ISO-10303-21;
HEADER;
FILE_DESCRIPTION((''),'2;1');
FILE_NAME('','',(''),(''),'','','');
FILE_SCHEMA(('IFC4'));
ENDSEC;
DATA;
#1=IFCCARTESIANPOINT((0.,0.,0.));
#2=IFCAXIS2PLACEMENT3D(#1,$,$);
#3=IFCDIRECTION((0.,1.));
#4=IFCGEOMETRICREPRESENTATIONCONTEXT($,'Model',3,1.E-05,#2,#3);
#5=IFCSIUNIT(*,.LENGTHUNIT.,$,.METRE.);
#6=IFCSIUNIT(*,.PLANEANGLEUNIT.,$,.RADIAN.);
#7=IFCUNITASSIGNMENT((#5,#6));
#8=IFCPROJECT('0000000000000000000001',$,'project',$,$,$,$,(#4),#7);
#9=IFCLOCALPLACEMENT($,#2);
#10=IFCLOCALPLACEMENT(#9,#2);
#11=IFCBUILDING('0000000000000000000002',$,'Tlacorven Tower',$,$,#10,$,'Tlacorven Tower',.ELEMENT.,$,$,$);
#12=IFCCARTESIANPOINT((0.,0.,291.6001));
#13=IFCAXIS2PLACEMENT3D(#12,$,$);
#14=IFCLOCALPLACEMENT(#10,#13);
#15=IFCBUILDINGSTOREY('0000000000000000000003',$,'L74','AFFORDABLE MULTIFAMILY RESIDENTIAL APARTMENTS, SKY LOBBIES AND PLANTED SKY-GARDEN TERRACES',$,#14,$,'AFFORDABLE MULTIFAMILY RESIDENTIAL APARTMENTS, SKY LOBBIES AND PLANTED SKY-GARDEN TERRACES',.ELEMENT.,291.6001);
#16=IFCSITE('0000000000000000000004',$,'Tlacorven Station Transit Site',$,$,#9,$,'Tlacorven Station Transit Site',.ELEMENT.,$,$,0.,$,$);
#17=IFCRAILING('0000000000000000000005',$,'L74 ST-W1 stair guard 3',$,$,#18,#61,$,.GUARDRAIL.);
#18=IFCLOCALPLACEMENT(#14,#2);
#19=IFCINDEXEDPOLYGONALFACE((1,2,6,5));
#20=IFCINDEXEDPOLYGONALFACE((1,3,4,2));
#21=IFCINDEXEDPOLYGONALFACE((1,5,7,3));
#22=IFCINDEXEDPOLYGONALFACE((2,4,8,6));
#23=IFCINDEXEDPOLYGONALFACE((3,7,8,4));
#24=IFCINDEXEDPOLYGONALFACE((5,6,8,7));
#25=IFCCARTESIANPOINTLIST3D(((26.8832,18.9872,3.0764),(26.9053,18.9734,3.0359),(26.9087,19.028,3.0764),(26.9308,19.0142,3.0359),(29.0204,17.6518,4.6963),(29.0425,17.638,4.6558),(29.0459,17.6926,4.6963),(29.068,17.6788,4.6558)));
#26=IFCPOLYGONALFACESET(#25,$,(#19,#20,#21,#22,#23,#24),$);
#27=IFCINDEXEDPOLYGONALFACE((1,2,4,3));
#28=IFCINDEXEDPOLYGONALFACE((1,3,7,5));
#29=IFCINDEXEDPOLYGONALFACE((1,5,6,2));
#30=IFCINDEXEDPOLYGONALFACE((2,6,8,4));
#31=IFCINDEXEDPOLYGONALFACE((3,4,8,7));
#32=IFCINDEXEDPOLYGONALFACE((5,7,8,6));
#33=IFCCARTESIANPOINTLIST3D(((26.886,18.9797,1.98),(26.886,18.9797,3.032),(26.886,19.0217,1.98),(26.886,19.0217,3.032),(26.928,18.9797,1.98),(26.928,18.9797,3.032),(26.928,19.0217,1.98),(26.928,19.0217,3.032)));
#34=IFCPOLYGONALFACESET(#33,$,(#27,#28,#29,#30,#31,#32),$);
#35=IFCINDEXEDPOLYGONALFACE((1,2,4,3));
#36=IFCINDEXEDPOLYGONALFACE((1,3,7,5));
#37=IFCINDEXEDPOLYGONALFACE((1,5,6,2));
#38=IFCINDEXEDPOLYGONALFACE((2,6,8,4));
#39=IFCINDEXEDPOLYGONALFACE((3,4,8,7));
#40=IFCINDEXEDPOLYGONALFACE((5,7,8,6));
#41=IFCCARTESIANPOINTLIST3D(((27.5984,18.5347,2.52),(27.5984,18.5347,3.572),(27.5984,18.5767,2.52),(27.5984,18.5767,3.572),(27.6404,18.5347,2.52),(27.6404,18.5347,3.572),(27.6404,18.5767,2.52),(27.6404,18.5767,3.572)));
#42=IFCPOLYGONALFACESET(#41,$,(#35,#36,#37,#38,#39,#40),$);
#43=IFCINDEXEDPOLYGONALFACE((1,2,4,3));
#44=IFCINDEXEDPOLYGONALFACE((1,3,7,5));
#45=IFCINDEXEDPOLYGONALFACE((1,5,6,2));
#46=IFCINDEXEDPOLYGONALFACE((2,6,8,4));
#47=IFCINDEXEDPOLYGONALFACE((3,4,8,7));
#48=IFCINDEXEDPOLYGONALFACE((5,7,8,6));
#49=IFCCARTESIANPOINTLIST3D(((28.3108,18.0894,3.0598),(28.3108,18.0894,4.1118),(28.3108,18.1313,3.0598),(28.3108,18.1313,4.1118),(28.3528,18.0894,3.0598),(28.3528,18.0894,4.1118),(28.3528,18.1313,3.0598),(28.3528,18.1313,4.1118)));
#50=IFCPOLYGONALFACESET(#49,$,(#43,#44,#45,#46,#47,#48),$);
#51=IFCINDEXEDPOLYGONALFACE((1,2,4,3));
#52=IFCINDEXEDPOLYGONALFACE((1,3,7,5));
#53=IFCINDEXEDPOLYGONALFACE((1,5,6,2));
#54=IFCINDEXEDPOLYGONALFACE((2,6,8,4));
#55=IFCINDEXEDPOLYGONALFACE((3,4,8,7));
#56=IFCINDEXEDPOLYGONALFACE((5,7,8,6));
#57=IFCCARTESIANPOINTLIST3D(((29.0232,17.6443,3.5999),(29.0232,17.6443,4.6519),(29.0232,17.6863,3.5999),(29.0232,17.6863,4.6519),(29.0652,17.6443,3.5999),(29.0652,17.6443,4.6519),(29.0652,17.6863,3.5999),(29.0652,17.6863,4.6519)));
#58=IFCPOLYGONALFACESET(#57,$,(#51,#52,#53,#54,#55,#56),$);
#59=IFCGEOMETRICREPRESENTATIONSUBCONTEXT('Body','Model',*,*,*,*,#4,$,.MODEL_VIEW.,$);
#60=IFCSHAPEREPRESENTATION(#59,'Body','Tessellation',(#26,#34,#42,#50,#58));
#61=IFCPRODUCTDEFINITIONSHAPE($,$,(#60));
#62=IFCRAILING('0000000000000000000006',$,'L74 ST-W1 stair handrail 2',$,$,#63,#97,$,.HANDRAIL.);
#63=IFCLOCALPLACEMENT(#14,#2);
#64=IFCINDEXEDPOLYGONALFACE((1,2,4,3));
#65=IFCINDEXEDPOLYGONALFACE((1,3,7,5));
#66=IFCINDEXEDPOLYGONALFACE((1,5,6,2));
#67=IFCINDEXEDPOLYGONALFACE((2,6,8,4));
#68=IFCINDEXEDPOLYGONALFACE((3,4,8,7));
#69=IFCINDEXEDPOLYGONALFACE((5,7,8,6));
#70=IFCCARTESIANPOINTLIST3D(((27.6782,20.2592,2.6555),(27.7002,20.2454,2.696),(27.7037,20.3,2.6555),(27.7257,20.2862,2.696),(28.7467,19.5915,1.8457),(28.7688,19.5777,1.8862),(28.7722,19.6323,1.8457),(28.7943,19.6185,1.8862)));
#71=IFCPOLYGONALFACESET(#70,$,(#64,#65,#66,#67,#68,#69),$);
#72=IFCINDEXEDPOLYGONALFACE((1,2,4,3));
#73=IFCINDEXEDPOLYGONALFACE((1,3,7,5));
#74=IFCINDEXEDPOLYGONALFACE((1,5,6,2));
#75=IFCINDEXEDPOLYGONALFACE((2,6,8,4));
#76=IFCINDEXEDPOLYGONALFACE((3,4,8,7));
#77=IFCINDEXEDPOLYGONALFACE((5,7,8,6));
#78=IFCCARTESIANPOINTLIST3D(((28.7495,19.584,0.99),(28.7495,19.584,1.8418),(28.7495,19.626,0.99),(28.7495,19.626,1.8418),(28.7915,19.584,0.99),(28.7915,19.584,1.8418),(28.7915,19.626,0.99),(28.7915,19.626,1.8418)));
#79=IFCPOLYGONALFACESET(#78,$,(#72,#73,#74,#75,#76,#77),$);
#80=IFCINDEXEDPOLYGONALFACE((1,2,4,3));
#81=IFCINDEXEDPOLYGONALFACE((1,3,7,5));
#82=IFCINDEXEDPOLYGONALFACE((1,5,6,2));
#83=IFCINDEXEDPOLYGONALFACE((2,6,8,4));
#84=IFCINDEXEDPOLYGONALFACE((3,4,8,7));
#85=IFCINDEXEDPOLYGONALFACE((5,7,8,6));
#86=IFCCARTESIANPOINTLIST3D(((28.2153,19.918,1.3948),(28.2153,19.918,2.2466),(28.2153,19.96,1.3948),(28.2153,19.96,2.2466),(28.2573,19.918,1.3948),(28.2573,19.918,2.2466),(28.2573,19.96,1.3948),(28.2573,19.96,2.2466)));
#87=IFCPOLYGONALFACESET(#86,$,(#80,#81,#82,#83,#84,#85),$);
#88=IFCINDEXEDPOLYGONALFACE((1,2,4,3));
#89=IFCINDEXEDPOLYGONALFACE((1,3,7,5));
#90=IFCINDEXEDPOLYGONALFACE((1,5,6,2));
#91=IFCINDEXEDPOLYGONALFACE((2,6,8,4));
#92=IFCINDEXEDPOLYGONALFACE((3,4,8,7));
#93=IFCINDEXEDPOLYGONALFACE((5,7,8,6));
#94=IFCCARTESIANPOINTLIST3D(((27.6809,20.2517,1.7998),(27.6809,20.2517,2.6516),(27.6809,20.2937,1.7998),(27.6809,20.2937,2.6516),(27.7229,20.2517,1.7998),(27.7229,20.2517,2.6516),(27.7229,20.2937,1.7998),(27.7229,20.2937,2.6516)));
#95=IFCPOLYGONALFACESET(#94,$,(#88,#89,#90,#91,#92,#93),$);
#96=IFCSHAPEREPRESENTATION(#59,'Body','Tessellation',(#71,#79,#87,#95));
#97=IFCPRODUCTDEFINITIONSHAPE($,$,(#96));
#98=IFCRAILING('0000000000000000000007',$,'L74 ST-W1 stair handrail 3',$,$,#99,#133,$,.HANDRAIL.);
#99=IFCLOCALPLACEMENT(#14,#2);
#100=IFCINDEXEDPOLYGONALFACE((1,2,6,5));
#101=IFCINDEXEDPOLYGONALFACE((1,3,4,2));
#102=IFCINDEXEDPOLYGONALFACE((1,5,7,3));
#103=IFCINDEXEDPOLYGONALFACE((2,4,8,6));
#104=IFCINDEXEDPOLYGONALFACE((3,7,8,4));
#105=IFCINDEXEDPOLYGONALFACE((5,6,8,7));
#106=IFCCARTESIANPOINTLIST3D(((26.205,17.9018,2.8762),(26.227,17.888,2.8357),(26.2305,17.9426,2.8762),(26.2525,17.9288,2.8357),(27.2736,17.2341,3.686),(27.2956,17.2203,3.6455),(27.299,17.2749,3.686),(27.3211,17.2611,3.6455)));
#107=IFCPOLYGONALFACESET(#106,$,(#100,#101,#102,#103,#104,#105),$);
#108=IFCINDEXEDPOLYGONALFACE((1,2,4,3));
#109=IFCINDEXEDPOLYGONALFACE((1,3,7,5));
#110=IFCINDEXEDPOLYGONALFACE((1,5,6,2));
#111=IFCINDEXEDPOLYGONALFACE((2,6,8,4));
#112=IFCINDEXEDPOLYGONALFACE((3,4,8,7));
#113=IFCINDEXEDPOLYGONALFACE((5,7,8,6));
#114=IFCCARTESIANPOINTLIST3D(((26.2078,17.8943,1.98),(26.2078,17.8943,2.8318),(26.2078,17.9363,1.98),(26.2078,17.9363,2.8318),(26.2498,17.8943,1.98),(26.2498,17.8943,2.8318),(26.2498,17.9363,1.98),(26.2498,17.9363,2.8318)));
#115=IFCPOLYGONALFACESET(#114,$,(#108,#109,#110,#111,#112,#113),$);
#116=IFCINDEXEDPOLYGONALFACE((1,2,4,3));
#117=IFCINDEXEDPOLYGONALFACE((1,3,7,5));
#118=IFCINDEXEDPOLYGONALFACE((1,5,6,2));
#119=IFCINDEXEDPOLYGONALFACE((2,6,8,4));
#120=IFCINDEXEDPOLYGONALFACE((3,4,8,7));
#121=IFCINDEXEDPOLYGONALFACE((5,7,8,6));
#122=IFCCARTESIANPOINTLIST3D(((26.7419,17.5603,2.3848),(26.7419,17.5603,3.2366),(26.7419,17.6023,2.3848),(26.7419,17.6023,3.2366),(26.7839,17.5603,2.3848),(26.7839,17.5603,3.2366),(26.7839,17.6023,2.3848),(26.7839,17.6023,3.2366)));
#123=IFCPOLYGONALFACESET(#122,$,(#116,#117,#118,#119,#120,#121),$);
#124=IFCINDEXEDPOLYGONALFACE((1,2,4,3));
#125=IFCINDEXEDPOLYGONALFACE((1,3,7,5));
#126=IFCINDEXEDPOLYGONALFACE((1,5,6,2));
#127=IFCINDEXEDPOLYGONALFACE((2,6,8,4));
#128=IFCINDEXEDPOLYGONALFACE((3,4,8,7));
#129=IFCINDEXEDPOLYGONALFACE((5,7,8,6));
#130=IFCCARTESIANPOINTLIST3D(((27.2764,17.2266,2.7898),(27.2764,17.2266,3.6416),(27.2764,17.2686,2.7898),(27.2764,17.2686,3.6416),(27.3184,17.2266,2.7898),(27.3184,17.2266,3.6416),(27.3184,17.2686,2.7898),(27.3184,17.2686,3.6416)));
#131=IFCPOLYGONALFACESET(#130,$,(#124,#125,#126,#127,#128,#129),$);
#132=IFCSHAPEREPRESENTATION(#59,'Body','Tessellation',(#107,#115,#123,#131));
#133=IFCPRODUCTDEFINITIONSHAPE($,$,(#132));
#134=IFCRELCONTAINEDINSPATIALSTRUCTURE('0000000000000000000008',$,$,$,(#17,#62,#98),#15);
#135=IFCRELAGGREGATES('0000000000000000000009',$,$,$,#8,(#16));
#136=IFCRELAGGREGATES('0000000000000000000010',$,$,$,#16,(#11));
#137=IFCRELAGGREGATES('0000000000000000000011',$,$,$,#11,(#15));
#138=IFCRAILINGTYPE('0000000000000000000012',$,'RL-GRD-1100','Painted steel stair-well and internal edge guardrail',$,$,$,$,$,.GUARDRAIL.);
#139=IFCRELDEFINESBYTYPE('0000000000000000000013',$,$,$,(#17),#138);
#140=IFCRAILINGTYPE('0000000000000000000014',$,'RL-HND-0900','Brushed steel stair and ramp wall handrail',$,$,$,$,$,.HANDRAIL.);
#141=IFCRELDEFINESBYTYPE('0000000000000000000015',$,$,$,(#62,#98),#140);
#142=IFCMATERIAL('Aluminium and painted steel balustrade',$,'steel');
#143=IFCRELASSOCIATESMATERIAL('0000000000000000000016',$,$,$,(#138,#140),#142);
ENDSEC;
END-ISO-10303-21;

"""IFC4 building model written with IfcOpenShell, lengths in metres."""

from ifc_helpers import new_model, si_unit, direction, frame, origin, origin_2d, place, context, subcontext, project, spatial, rectangle, extrude, source, transform, mapped, material, type_object, element, save


model = new_model("IFC4")

# Units and contexts
model_context = context("Model", 3, precision=1e-05, world=origin(), true_north=direction((0.0, 1.0)))
body_context = subcontext(model_context, "Body", "Model", "MODEL_VIEW")
ifc_project = project(units=[si_unit("LENGTHUNIT", "METRE"), si_unit("PLANEANGLEUNIT", "RADIAN")], contexts=[model_context])

# Site, building, storey
site_placement = place(None, origin())
site = spatial("IfcSite", under=ifc_project, at=site_placement, Name="Tlacorven Station Transit Site", LongName="Tlacorven Station Transit Site", CompositionType="ELEMENT", RefElevation=0.0)
building_placement = place(site_placement, origin())
building = spatial("IfcBuilding", under=site, at=building_placement, Name="Tlacorven Tower", LongName="Tlacorven Tower", CompositionType="ELEMENT")
storey_placement = place(building_placement, frame((0.0, 0.0, 291.6001)))
storey = spatial("IfcBuildingStorey", under=building, at=storey_placement, Name="L74", Description="AFFORDABLE MULTIFAMILY RESIDENTIAL APARTMENTS, SKY LOBBIES AND PLANTED SKY-GARDEN TERRACES", LongName="AFFORDABLE MULTIFAMILY RESIDENTIAL APARTMENTS, SKY LOBBIES AND PLANTED SKY-GARDEN TERRACES", CompositionType="ELEMENT", Elevation=291.6001)

# Railings
ifc_material_1 = material(Name="Aluminium and painted steel balustrade", Category="steel")
railing_type_1 = type_object("IfcRailingType", Name="RL-GRD-1100", Description="Painted steel stair-well and internal edge guardrail", PredefinedType="GUARDRAIL", material=ifc_material_1)
railing_type_2 = type_object("IfcRailingType", Name="RL-HND-0900", Description="Brushed steel stair and ramp wall handrail", PredefinedType="HANDRAIL", material=ifc_material_1)
shared_shape_1 = source(origin(), body_context, "Body", "SweptSolid", [
    extrude(rectangle(XDim=0.0481, YDim=0.0481, at=origin_2d()), frame((0.0, 0.0, 1.0762), z_axis=(0.713391, -0.445768, 0.540707), x_axis=(0.529912, 0.848053, 0.0)), (0.0, 0.0, 1.0), 2.9958),
    extrude(rectangle(XDim=0.042, YDim=0.042, at=origin_2d()), origin(), (0.0, 0.0, 1.0), 1.052),
    extrude(rectangle(XDim=0.042, YDim=0.042, at=origin_2d()), frame((0.7124, -0.4451, 0.54)), (0.0, 0.0, 1.0), 1.052),
    extrude(rectangle(XDim=0.042, YDim=0.042, at=origin_2d()), frame((1.4248, -0.8904, 1.0798)), (0.0, 0.0, 1.0), 1.052),
    extrude(rectangle(XDim=0.042, YDim=0.042, at=origin_2d()), frame((2.1372, -1.3354, 1.6199)), (0.0, 0.0, 1.0), 1.052),
])
railing_1_placement = place(storey_placement, frame((26.907, 19.0007, 1.98)))
element("IfcRailing", 1, at=railing_1_placement, inside=storey, type_object=railing_type_1, Name="L74 ST-W1 stair guard 3", PredefinedType="GUARDRAIL", context=body_context, shape_type="MappedRepresentation", body=[
    mapped(shared_shape_1, transform((0.0, 0.0, 0.0), scale=1.0)),
])
shared_shape_2 = source(origin(), body_context, "Body", "SweptSolid", [
    extrude(rectangle(XDim=0.0481, YDim=0.0481, at=origin_2d()), frame((0.0, 0.0, 0.876), z_axis=(-0.713423, 0.445787, 0.540649), x_axis=(-0.529912, -0.848053, 0.0)), (0.0, 0.0, 1.0), 1.4978),
    extrude(rectangle(XDim=0.042, YDim=0.042, at=origin_2d()), origin(), (0.0, 0.0, 1.0), 0.8518),
    extrude(rectangle(XDim=0.042, YDim=0.042, at=origin_2d()), frame((-0.5342, 0.334, 0.4048)), (0.0, 0.0, 1.0), 0.8518),
    extrude(rectangle(XDim=0.042, YDim=0.042, at=origin_2d()), frame((-1.0686, 0.6677, 0.8098)), (0.0, 0.0, 1.0), 0.8518),
])
railing_2_placement = place(storey_placement, frame((28.7705, 19.605, 0.99)))
element("IfcRailing", 2, at=railing_2_placement, inside=storey, type_object=railing_type_2, Name="L74 ST-W1 stair handrail 2", PredefinedType="HANDRAIL", context=body_context, shape_type="MappedRepresentation", body=[
    mapped(shared_shape_2, transform((0.0, 0.0, 0.0), scale=1.0)),
])
shared_shape_3 = source(origin(), body_context, "Body", "SweptSolid", [
    extrude(rectangle(XDim=0.0481, YDim=0.0481, at=origin_2d()), frame((0.0, 0.0, 0.876), z_axis=(0.713423, -0.445787, 0.540649), x_axis=(0.529912, 0.848053, 0.0)), (0.0, 0.0, 1.0), 1.4978),
    extrude(rectangle(XDim=0.042, YDim=0.042, at=origin_2d()), origin(), (0.0, 0.0, 1.0), 0.8518),
    extrude(rectangle(XDim=0.042, YDim=0.042, at=origin_2d()), frame((0.5342, -0.334, 0.4048)), (0.0, 0.0, 1.0), 0.8518),
    extrude(rectangle(XDim=0.042, YDim=0.042, at=origin_2d()), frame((1.0686, -0.6677, 0.8098)), (0.0, 0.0, 1.0), 0.8518),
])
railing_3_placement = place(storey_placement, frame((26.2288, 17.9153, 1.98)))
element("IfcRailing", 3, at=railing_3_placement, inside=storey, type_object=railing_type_2, Name="L74 ST-W1 stair handrail 3", PredefinedType="HANDRAIL", context=body_context, shape_type="MappedRepresentation", body=[
    mapped(shared_shape_3, transform((0.0, 0.0, 0.0), scale=1.0)),
])

save(model, "model.ifc")
